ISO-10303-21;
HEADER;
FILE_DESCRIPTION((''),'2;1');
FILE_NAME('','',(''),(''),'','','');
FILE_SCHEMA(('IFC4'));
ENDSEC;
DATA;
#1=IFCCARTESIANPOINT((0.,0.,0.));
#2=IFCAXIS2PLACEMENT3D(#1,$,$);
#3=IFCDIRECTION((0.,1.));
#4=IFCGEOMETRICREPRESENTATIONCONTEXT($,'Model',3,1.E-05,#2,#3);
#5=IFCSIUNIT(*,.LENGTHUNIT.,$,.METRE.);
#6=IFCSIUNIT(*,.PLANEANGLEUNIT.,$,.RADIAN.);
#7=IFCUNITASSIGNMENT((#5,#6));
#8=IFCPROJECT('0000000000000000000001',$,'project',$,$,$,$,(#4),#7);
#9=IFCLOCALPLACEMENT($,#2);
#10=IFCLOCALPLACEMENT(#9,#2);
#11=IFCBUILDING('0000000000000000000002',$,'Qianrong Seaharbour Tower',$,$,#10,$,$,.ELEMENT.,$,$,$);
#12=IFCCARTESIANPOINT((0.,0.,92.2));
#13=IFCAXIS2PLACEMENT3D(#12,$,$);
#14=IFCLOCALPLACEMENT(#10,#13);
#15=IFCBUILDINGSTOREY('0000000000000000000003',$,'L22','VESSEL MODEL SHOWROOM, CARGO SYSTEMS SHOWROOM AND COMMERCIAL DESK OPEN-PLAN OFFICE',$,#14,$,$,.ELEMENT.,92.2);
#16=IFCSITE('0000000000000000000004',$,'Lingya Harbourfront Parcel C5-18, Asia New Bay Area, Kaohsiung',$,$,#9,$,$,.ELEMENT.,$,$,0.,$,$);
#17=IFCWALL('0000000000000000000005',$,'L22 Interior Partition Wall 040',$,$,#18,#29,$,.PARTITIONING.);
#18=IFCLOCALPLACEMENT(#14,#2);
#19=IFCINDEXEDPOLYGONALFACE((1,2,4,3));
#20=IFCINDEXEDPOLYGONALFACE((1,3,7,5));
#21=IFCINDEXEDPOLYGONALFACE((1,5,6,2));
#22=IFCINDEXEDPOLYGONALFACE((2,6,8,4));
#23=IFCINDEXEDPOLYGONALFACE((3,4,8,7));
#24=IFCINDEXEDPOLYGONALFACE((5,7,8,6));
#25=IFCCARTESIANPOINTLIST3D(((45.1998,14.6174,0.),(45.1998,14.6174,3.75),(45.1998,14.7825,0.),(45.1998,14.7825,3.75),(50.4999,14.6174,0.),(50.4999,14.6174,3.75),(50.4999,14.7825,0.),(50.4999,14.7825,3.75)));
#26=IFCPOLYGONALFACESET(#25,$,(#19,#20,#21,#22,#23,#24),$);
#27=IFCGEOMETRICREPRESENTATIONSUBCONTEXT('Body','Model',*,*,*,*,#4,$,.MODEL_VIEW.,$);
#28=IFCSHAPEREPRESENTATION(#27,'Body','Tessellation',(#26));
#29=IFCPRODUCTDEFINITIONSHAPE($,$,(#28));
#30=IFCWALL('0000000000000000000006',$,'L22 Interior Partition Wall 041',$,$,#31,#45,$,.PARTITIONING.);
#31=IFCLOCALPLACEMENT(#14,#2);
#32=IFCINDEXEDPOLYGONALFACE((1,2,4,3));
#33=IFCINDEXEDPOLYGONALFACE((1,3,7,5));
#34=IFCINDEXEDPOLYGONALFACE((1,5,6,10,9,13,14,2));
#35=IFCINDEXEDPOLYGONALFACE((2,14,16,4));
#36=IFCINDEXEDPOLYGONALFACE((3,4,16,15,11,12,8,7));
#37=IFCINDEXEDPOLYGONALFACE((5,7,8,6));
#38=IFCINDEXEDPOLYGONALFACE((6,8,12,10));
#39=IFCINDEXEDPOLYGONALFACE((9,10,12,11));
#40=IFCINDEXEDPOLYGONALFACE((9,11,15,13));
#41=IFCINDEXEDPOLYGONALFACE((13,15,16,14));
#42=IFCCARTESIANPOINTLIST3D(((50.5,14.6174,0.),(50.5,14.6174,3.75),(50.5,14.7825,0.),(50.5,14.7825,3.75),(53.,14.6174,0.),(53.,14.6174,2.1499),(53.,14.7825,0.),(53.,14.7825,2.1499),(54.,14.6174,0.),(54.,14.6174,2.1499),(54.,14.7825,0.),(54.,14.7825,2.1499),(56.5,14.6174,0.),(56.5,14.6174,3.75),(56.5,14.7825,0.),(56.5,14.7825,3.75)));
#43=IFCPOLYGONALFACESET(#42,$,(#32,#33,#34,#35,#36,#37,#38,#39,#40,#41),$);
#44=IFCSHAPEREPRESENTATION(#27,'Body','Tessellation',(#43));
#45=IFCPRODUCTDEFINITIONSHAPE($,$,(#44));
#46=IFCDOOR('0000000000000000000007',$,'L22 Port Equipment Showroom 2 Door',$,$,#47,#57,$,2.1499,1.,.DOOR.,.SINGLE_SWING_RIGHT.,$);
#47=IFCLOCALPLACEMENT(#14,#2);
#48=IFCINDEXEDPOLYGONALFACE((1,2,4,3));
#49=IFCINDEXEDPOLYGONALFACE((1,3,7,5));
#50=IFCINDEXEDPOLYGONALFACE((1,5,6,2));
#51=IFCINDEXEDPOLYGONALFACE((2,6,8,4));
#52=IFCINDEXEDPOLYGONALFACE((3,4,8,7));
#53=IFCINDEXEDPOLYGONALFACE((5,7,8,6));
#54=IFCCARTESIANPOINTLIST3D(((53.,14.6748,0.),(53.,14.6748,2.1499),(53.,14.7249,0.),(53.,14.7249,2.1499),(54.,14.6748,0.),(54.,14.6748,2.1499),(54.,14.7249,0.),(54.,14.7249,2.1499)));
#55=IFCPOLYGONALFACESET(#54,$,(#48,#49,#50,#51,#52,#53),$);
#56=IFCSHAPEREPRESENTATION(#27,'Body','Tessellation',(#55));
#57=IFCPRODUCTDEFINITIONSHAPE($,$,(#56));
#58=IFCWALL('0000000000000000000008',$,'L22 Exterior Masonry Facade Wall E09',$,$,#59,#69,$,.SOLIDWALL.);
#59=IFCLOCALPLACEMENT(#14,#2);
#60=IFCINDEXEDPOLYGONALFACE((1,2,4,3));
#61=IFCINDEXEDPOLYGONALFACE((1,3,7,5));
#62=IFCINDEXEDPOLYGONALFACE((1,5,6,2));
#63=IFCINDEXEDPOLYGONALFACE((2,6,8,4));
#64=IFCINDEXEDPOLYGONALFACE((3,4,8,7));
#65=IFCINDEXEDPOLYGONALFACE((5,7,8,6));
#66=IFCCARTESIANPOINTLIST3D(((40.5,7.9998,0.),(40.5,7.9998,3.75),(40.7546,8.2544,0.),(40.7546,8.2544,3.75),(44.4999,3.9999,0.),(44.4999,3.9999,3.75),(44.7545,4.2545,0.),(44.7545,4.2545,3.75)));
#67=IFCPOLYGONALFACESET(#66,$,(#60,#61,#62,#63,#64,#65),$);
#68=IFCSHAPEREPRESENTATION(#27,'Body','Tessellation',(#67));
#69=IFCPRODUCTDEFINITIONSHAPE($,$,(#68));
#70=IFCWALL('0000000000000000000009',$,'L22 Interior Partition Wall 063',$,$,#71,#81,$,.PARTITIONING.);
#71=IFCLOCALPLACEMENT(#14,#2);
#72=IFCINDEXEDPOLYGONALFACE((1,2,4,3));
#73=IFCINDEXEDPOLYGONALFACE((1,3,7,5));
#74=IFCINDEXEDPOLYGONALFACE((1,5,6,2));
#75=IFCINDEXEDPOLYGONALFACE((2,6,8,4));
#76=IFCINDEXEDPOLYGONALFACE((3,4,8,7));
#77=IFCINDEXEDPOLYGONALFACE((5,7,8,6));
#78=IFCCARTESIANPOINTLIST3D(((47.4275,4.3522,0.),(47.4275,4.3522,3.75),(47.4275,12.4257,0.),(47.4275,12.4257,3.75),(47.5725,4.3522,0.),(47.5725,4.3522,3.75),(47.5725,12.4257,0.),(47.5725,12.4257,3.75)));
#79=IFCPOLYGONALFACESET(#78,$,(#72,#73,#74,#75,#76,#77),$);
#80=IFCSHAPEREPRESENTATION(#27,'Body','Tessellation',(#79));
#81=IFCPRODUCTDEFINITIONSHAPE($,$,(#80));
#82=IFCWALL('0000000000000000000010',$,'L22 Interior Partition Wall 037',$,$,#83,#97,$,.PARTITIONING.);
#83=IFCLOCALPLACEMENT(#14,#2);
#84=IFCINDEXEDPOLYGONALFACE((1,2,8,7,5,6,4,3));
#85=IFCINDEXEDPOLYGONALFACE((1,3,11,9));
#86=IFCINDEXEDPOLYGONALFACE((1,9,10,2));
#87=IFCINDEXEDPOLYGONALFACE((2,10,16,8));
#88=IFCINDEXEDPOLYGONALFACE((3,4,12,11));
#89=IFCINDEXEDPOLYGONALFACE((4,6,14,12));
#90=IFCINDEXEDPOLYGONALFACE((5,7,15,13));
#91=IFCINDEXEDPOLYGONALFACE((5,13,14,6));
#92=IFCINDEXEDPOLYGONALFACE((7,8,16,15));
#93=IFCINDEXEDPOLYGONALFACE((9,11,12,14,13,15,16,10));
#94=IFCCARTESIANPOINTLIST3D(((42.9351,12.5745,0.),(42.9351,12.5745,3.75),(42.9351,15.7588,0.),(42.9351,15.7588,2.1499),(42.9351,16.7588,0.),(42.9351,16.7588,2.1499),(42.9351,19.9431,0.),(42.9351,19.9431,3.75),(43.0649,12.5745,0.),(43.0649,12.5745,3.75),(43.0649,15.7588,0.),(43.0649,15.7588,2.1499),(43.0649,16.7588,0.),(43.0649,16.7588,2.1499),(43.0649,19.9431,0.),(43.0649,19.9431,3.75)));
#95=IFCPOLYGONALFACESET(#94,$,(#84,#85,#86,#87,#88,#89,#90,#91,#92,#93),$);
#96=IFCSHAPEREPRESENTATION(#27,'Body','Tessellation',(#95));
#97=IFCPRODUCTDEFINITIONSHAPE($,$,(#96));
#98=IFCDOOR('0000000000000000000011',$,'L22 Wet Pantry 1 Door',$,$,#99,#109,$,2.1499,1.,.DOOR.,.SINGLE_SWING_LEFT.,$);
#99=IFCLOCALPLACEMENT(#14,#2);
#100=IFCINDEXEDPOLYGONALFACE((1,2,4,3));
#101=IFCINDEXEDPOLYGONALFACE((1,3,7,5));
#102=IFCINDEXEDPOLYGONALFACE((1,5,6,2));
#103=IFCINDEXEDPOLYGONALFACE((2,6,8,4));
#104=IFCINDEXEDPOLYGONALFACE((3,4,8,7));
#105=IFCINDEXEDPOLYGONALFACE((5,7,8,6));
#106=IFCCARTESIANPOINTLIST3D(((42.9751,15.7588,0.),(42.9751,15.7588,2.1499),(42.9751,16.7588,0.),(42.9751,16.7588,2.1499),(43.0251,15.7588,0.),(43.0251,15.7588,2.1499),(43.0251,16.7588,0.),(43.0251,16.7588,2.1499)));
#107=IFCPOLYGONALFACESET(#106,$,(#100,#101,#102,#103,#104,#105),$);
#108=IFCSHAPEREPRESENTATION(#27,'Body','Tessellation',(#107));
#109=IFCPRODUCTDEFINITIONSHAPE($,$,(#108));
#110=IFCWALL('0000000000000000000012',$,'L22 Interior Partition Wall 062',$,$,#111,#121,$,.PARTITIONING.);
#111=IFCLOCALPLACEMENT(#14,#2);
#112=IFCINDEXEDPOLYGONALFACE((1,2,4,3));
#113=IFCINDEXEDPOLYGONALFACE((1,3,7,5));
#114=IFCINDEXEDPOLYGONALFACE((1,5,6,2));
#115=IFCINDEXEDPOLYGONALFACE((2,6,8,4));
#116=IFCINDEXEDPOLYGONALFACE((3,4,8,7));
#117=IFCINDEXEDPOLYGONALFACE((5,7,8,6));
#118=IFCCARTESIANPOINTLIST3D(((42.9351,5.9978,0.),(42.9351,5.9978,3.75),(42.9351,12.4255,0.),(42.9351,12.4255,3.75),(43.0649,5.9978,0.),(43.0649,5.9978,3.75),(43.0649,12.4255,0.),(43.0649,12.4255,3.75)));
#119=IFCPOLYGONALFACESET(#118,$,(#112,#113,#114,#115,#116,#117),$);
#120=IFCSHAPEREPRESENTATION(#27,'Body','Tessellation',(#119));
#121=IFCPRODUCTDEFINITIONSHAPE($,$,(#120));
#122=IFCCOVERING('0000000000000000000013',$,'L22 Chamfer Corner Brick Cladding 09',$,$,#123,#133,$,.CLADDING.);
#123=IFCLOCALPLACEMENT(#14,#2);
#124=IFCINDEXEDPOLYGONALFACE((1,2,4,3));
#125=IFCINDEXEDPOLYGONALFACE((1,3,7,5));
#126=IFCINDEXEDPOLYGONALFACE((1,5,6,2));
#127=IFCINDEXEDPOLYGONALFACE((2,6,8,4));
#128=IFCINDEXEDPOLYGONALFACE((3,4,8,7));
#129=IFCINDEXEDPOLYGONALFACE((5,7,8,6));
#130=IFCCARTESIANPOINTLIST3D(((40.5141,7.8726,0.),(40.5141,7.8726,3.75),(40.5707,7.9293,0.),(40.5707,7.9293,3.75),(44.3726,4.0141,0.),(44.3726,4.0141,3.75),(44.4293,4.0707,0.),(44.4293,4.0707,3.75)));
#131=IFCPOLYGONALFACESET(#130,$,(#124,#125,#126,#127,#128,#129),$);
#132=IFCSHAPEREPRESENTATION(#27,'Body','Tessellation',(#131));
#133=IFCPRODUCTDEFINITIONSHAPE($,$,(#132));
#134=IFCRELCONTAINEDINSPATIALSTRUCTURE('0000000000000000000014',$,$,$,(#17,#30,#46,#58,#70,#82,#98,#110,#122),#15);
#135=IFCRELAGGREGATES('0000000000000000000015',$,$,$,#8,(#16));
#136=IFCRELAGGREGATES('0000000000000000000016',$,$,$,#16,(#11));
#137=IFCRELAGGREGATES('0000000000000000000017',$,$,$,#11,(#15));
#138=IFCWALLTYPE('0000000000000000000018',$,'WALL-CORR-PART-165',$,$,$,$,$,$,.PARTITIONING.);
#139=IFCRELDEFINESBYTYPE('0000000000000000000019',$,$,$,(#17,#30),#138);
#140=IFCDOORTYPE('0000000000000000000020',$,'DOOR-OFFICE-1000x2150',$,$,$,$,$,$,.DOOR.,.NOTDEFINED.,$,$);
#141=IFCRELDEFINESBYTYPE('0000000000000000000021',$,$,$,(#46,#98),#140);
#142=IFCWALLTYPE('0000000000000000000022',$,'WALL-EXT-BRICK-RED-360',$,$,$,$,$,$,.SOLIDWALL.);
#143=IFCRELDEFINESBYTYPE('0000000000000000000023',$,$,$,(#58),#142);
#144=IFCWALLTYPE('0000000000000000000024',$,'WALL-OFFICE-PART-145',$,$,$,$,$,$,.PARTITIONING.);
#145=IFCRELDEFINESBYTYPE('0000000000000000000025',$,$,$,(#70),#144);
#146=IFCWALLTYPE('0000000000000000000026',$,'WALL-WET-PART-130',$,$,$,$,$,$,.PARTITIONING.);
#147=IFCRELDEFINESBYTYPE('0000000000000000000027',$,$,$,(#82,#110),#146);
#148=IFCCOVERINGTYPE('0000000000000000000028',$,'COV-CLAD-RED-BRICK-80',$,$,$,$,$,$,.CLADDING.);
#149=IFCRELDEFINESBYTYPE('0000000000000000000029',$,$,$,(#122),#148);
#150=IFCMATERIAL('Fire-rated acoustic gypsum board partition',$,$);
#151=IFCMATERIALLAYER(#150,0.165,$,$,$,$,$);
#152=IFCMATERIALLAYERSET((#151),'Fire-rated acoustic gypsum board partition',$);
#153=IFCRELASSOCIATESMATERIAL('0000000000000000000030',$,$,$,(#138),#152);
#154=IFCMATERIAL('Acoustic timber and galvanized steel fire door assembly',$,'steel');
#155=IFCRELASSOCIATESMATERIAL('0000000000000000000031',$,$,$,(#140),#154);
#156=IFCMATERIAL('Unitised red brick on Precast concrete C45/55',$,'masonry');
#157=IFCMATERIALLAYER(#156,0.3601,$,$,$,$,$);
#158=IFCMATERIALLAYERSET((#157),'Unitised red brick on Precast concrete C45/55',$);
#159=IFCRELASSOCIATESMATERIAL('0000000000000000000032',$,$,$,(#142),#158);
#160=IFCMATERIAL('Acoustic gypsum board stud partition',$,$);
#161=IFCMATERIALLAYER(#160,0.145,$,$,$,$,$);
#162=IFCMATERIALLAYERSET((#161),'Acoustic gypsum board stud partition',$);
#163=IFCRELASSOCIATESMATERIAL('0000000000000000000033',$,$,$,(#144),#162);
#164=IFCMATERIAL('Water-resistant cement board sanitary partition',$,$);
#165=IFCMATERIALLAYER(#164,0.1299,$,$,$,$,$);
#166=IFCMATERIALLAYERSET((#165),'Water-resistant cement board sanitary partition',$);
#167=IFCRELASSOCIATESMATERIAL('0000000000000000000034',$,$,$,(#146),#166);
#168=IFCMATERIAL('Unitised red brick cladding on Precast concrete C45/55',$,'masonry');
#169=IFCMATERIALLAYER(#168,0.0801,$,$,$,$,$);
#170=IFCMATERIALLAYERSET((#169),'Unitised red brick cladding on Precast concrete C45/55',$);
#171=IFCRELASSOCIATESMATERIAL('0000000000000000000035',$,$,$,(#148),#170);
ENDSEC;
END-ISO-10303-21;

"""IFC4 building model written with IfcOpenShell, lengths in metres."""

from ifc_helpers import new_model, si_unit, direction, frame, frame_2d, origin, origin_2d, place, context, subcontext, project, spatial, rectangle, extrude, material, layer, layer_set, type_object, element, fill, save


model = new_model("IFC4")

# Units and contexts
model_context = context("Model", 3, precision=1e-05, world=origin(), true_north=direction((0.0, 1.0)))
body_context = subcontext(model_context, "Body", "Model", "MODEL_VIEW")
ifc_project = project(units=[si_unit("LENGTHUNIT", "METRE"), si_unit("PLANEANGLEUNIT", "RADIAN")], contexts=[model_context])

# Site, building, storey
site_placement = place(None, origin())
site = spatial("IfcSite", under=ifc_project, at=site_placement, Name="Lingya Harbourfront Parcel C5-18, Asia New Bay Area, Kaohsiung", CompositionType="ELEMENT", RefElevation=0.0)
building_placement = place(site_placement, origin())
building = spatial("IfcBuilding", under=site, at=building_placement, Name="Qianrong Seaharbour Tower", CompositionType="ELEMENT")
storey_placement = place(building_placement, frame((0.0, 0.0, 92.2)))
storey = spatial("IfcBuildingStorey", under=building, at=storey_placement, Name="L22", Description="VESSEL MODEL SHOWROOM, CARGO SYSTEMS SHOWROOM AND COMMERCIAL DESK OPEN-PLAN OFFICE", CompositionType="ELEMENT", Elevation=92.2)

# Wall
ifc_material_1 = material(Name="Fire-rated acoustic gypsum board partition")
ifc_layer_1 = layer(ifc_material_1, 0.165)
ifc_layer_set_1 = layer_set([ifc_layer_1], Name="Fire-rated acoustic gypsum board partition")
wall_type_1 = type_object("IfcWallType", Name="WALL-CORR-PART-165", PredefinedType="PARTITIONING", material=ifc_layer_set_1)
wall_1_placement = place(storey_placement, frame((45.2, 14.7, 0.0), z_axis=(0.0, 0.0, 1.0), x_axis=(1.0, 0.0, 0.0)))
element("IfcWall", 1, at=wall_1_placement, inside=storey, type_object=wall_type_1, Name="L22 Interior Partition Wall 040", PredefinedType="PARTITIONING", context=body_context, shape_type="SweptSolid", body=[
    extrude(rectangle(XDim=5.3, YDim=0.165, at=frame_2d((2.6499, 0.0))), origin(), (0.0, 0.0, 1.0), 3.75),
])

# Wall, opening, door
wall_2_placement = place(storey_placement, frame((50.5, 14.7, 0.0), z_axis=(0.0, 0.0, 1.0), x_axis=(1.0, 0.0, 0.0)))
wall_2 = element("IfcWall", 2, at=wall_2_placement, inside=storey, type_object=wall_type_1, Name="L22 Interior Partition Wall 041", PredefinedType="PARTITIONING", context=body_context, shape_type="SweptSolid", body=[
    extrude(rectangle(XDim=6.0, YDim=0.165, at=frame_2d((3.0, 0.0))), origin(), (0.0, 0.0, 1.0), 3.75),
])
opening_1_placement = place(wall_2_placement, frame((2.5, 0.0, 0.0)))
opening_1 = element("IfcOpeningElement", 3, at=opening_1_placement, cuts=wall_2, PredefinedType="OPENING", context=body_context, shape_type="SweptSolid", body=[
    extrude(rectangle(XDim=1.0, YDim=2.1499, at=frame_2d((0.5, 1.075))), frame((0.0, 0.0925, 0.0), z_axis=(0.0, -1.0, 0.0), x_axis=(1.0, 0.0, 0.0)), (0.0, 0.0, 1.0), 0.1851),
])
ifc_material_2 = material(Name="Acoustic timber and galvanized steel fire door assembly", Category="steel")
door_type = type_object("IfcDoorType", Name="DOOR-OFFICE-1000x2150", OperationType="NOTDEFINED", PredefinedType="DOOR", material=ifc_material_2)
door_1_placement = place(opening_1_placement, origin())
door_1 = element("IfcDoor", 4, at=door_1_placement, inside=storey, type_object=door_type, Name="L22 Port Equipment Showroom 2 Door", OperationType="SINGLE_SWING_RIGHT", OverallHeight=2.1499, OverallWidth=1.0, PredefinedType="DOOR", context=body_context, shape_type="SweptSolid", body=[
    extrude(rectangle(XDim=1.0, YDim=2.1499, at=frame_2d((0.5, 1.075))), frame((0.0, 0.0249, 0.0), z_axis=(0.0, -1.0, 0.0), x_axis=(1.0, 0.0, 0.0)), (0.0, 0.0, 1.0), 0.05),
])
fill(opening_1, door_1)

# Walls
ifc_material_3 = material(Name="Unitised red brick on Precast concrete C45/55", Category="masonry")
ifc_layer_2 = layer(ifc_material_3, 0.3601)
ifc_layer_set_2 = layer_set([ifc_layer_2], Name="Unitised red brick on Precast concrete C45/55")
wall_type_2 = type_object("IfcWallType", Name="WALL-EXT-BRICK-RED-360", PredefinedType="SOLIDWALL", material=ifc_layer_set_2)
wall_3_placement = place(storey_placement, frame((44.6272, 4.1272, 0.0), z_axis=(0.0, 0.0, 1.0), x_axis=(-0.707107, 0.707107, 0.0)))
element("IfcWall", 5, at=wall_3_placement, inside=storey, type_object=wall_type_2, Name="L22 Exterior Masonry Facade Wall E09", PredefinedType="SOLIDWALL", context=body_context, shape_type="SweptSolid", body=[
    extrude(rectangle(XDim=5.6567, YDim=0.3601, at=frame_2d((2.8284, 0.0))), origin(), (0.0, 0.0, 1.0), 3.75),
])
ifc_material_4 = material(Name="Acoustic gypsum board stud partition")
ifc_layer_3 = layer(ifc_material_4, 0.145)
ifc_layer_set_3 = layer_set([ifc_layer_3], Name="Acoustic gypsum board stud partition")
wall_type_3 = type_object("IfcWallType", Name="WALL-OFFICE-PART-145", PredefinedType="PARTITIONING", material=ifc_layer_set_3)
wall_4_placement = place(storey_placement, frame((47.5, 12.4255, 0.0), z_axis=(0.0, 0.0, 1.0), x_axis=(0.0, -1.0, 0.0)))
element("IfcWall", 6, at=wall_4_placement, inside=storey, type_object=wall_type_3, Name="L22 Interior Partition Wall 063", PredefinedType="PARTITIONING", context=body_context, shape_type="SweptSolid", body=[
    extrude(rectangle(XDim=8.0735, YDim=0.145, at=frame_2d((4.0366, 0.0))), origin(), (0.0, 0.0, 1.0), 3.75),
])

# Wall, opening, door
ifc_material_5 = material(Name="Water-resistant cement board sanitary partition")
ifc_layer_4 = layer(ifc_material_5, 0.1299)
ifc_layer_set_4 = layer_set([ifc_layer_4], Name="Water-resistant cement board sanitary partition")
wall_type_4 = type_object("IfcWallType", Name="WALL-WET-PART-130", PredefinedType="PARTITIONING", material=ifc_layer_set_4)
wall_5_placement = place(storey_placement, frame((43.0, 12.5745, 0.0), z_axis=(0.0, 0.0, 1.0), x_axis=(0.0, 1.0, 0.0)))
wall_5 = element("IfcWall", 7, at=wall_5_placement, inside=storey, type_object=wall_type_4, Name="L22 Interior Partition Wall 037", PredefinedType="PARTITIONING", context=body_context, shape_type="SweptSolid", body=[
    extrude(rectangle(XDim=7.3687, YDim=0.1299, at=frame_2d((3.6843, 0.0))), origin(), (0.0, 0.0, 1.0), 3.75),
])
opening_2_placement = place(wall_5_placement, frame((3.1843, 0.0, 0.0)))
opening_2 = element("IfcOpeningElement", 8, at=opening_2_placement, cuts=wall_5, PredefinedType="OPENING", context=body_context, shape_type="SweptSolid", body=[
    extrude(rectangle(XDim=1.0, YDim=2.1499, at=frame_2d((0.5, 1.075))), frame((0.0, 0.075, 0.0), z_axis=(0.0, -1.0, 0.0), x_axis=(1.0, 0.0, 0.0)), (0.0, 0.0, 1.0), 0.1499),
])
door_2_placement = place(opening_2_placement, origin())
door_2 = element("IfcDoor", 9, at=door_2_placement, inside=storey, type_object=door_type, Name="L22 Wet Pantry 1 Door", OperationType="SINGLE_SWING_LEFT", OverallHeight=2.1499, OverallWidth=1.0, PredefinedType="DOOR", context=body_context, shape_type="SweptSolid", body=[
    extrude(rectangle(XDim=1.0, YDim=2.1499, at=frame_2d((0.5, 1.075))), frame((0.0, 0.0249, 0.0), z_axis=(0.0, -1.0, 0.0), x_axis=(1.0, 0.0, 0.0)), (0.0, 0.0, 1.0), 0.05),
])
fill(opening_2, door_2)

# Wall
wall_6_placement = place(storey_placement, frame((43.0, 12.4255, 0.0), z_axis=(0.0, 0.0, 1.0), x_axis=(0.0, -1.0, 0.0)))
element("IfcWall", 10, at=wall_6_placement, inside=storey, type_object=wall_type_4, Name="L22 Interior Partition Wall 062", PredefinedType="PARTITIONING", context=body_context, shape_type="SweptSolid", body=[
    extrude(rectangle(XDim=6.4277, YDim=0.1299, at=frame_2d((3.2139, 0.0))), origin(), (0.0, 0.0, 1.0), 3.75),
])

# Covering
ifc_material_6 = material(Name="Unitised red brick cladding on Precast concrete C45/55", Category="masonry")
ifc_layer_5 = layer(ifc_material_6, 0.0801)
ifc_layer_set_5 = layer_set([ifc_layer_5], Name="Unitised red brick cladding on Precast concrete C45/55")
covering_type = type_object("IfcCoveringType", Name="COV-CLAD-RED-BRICK-80", PredefinedType="CLADDING", material=ifc_layer_set_5)
covering_placement = place(storey_placement, frame((42.4717, 5.9717, 0.0), z_axis=(0.0, 0.0, 1.0), x_axis=(-0.707107, 0.707107, 0.0)))
element("IfcCovering", 11, at=covering_placement, inside=storey, type_object=covering_type, Name="L22 Chamfer Corner Brick Cladding 09", PredefinedType="CLADDING", context=body_context, shape_type="SweptSolid", body=[
    extrude(rectangle(XDim=5.4568, YDim=0.0801, at=origin_2d()), origin(), (0.0, 0.0, 1.0), 3.75),
])

save(model, "model.ifc")
